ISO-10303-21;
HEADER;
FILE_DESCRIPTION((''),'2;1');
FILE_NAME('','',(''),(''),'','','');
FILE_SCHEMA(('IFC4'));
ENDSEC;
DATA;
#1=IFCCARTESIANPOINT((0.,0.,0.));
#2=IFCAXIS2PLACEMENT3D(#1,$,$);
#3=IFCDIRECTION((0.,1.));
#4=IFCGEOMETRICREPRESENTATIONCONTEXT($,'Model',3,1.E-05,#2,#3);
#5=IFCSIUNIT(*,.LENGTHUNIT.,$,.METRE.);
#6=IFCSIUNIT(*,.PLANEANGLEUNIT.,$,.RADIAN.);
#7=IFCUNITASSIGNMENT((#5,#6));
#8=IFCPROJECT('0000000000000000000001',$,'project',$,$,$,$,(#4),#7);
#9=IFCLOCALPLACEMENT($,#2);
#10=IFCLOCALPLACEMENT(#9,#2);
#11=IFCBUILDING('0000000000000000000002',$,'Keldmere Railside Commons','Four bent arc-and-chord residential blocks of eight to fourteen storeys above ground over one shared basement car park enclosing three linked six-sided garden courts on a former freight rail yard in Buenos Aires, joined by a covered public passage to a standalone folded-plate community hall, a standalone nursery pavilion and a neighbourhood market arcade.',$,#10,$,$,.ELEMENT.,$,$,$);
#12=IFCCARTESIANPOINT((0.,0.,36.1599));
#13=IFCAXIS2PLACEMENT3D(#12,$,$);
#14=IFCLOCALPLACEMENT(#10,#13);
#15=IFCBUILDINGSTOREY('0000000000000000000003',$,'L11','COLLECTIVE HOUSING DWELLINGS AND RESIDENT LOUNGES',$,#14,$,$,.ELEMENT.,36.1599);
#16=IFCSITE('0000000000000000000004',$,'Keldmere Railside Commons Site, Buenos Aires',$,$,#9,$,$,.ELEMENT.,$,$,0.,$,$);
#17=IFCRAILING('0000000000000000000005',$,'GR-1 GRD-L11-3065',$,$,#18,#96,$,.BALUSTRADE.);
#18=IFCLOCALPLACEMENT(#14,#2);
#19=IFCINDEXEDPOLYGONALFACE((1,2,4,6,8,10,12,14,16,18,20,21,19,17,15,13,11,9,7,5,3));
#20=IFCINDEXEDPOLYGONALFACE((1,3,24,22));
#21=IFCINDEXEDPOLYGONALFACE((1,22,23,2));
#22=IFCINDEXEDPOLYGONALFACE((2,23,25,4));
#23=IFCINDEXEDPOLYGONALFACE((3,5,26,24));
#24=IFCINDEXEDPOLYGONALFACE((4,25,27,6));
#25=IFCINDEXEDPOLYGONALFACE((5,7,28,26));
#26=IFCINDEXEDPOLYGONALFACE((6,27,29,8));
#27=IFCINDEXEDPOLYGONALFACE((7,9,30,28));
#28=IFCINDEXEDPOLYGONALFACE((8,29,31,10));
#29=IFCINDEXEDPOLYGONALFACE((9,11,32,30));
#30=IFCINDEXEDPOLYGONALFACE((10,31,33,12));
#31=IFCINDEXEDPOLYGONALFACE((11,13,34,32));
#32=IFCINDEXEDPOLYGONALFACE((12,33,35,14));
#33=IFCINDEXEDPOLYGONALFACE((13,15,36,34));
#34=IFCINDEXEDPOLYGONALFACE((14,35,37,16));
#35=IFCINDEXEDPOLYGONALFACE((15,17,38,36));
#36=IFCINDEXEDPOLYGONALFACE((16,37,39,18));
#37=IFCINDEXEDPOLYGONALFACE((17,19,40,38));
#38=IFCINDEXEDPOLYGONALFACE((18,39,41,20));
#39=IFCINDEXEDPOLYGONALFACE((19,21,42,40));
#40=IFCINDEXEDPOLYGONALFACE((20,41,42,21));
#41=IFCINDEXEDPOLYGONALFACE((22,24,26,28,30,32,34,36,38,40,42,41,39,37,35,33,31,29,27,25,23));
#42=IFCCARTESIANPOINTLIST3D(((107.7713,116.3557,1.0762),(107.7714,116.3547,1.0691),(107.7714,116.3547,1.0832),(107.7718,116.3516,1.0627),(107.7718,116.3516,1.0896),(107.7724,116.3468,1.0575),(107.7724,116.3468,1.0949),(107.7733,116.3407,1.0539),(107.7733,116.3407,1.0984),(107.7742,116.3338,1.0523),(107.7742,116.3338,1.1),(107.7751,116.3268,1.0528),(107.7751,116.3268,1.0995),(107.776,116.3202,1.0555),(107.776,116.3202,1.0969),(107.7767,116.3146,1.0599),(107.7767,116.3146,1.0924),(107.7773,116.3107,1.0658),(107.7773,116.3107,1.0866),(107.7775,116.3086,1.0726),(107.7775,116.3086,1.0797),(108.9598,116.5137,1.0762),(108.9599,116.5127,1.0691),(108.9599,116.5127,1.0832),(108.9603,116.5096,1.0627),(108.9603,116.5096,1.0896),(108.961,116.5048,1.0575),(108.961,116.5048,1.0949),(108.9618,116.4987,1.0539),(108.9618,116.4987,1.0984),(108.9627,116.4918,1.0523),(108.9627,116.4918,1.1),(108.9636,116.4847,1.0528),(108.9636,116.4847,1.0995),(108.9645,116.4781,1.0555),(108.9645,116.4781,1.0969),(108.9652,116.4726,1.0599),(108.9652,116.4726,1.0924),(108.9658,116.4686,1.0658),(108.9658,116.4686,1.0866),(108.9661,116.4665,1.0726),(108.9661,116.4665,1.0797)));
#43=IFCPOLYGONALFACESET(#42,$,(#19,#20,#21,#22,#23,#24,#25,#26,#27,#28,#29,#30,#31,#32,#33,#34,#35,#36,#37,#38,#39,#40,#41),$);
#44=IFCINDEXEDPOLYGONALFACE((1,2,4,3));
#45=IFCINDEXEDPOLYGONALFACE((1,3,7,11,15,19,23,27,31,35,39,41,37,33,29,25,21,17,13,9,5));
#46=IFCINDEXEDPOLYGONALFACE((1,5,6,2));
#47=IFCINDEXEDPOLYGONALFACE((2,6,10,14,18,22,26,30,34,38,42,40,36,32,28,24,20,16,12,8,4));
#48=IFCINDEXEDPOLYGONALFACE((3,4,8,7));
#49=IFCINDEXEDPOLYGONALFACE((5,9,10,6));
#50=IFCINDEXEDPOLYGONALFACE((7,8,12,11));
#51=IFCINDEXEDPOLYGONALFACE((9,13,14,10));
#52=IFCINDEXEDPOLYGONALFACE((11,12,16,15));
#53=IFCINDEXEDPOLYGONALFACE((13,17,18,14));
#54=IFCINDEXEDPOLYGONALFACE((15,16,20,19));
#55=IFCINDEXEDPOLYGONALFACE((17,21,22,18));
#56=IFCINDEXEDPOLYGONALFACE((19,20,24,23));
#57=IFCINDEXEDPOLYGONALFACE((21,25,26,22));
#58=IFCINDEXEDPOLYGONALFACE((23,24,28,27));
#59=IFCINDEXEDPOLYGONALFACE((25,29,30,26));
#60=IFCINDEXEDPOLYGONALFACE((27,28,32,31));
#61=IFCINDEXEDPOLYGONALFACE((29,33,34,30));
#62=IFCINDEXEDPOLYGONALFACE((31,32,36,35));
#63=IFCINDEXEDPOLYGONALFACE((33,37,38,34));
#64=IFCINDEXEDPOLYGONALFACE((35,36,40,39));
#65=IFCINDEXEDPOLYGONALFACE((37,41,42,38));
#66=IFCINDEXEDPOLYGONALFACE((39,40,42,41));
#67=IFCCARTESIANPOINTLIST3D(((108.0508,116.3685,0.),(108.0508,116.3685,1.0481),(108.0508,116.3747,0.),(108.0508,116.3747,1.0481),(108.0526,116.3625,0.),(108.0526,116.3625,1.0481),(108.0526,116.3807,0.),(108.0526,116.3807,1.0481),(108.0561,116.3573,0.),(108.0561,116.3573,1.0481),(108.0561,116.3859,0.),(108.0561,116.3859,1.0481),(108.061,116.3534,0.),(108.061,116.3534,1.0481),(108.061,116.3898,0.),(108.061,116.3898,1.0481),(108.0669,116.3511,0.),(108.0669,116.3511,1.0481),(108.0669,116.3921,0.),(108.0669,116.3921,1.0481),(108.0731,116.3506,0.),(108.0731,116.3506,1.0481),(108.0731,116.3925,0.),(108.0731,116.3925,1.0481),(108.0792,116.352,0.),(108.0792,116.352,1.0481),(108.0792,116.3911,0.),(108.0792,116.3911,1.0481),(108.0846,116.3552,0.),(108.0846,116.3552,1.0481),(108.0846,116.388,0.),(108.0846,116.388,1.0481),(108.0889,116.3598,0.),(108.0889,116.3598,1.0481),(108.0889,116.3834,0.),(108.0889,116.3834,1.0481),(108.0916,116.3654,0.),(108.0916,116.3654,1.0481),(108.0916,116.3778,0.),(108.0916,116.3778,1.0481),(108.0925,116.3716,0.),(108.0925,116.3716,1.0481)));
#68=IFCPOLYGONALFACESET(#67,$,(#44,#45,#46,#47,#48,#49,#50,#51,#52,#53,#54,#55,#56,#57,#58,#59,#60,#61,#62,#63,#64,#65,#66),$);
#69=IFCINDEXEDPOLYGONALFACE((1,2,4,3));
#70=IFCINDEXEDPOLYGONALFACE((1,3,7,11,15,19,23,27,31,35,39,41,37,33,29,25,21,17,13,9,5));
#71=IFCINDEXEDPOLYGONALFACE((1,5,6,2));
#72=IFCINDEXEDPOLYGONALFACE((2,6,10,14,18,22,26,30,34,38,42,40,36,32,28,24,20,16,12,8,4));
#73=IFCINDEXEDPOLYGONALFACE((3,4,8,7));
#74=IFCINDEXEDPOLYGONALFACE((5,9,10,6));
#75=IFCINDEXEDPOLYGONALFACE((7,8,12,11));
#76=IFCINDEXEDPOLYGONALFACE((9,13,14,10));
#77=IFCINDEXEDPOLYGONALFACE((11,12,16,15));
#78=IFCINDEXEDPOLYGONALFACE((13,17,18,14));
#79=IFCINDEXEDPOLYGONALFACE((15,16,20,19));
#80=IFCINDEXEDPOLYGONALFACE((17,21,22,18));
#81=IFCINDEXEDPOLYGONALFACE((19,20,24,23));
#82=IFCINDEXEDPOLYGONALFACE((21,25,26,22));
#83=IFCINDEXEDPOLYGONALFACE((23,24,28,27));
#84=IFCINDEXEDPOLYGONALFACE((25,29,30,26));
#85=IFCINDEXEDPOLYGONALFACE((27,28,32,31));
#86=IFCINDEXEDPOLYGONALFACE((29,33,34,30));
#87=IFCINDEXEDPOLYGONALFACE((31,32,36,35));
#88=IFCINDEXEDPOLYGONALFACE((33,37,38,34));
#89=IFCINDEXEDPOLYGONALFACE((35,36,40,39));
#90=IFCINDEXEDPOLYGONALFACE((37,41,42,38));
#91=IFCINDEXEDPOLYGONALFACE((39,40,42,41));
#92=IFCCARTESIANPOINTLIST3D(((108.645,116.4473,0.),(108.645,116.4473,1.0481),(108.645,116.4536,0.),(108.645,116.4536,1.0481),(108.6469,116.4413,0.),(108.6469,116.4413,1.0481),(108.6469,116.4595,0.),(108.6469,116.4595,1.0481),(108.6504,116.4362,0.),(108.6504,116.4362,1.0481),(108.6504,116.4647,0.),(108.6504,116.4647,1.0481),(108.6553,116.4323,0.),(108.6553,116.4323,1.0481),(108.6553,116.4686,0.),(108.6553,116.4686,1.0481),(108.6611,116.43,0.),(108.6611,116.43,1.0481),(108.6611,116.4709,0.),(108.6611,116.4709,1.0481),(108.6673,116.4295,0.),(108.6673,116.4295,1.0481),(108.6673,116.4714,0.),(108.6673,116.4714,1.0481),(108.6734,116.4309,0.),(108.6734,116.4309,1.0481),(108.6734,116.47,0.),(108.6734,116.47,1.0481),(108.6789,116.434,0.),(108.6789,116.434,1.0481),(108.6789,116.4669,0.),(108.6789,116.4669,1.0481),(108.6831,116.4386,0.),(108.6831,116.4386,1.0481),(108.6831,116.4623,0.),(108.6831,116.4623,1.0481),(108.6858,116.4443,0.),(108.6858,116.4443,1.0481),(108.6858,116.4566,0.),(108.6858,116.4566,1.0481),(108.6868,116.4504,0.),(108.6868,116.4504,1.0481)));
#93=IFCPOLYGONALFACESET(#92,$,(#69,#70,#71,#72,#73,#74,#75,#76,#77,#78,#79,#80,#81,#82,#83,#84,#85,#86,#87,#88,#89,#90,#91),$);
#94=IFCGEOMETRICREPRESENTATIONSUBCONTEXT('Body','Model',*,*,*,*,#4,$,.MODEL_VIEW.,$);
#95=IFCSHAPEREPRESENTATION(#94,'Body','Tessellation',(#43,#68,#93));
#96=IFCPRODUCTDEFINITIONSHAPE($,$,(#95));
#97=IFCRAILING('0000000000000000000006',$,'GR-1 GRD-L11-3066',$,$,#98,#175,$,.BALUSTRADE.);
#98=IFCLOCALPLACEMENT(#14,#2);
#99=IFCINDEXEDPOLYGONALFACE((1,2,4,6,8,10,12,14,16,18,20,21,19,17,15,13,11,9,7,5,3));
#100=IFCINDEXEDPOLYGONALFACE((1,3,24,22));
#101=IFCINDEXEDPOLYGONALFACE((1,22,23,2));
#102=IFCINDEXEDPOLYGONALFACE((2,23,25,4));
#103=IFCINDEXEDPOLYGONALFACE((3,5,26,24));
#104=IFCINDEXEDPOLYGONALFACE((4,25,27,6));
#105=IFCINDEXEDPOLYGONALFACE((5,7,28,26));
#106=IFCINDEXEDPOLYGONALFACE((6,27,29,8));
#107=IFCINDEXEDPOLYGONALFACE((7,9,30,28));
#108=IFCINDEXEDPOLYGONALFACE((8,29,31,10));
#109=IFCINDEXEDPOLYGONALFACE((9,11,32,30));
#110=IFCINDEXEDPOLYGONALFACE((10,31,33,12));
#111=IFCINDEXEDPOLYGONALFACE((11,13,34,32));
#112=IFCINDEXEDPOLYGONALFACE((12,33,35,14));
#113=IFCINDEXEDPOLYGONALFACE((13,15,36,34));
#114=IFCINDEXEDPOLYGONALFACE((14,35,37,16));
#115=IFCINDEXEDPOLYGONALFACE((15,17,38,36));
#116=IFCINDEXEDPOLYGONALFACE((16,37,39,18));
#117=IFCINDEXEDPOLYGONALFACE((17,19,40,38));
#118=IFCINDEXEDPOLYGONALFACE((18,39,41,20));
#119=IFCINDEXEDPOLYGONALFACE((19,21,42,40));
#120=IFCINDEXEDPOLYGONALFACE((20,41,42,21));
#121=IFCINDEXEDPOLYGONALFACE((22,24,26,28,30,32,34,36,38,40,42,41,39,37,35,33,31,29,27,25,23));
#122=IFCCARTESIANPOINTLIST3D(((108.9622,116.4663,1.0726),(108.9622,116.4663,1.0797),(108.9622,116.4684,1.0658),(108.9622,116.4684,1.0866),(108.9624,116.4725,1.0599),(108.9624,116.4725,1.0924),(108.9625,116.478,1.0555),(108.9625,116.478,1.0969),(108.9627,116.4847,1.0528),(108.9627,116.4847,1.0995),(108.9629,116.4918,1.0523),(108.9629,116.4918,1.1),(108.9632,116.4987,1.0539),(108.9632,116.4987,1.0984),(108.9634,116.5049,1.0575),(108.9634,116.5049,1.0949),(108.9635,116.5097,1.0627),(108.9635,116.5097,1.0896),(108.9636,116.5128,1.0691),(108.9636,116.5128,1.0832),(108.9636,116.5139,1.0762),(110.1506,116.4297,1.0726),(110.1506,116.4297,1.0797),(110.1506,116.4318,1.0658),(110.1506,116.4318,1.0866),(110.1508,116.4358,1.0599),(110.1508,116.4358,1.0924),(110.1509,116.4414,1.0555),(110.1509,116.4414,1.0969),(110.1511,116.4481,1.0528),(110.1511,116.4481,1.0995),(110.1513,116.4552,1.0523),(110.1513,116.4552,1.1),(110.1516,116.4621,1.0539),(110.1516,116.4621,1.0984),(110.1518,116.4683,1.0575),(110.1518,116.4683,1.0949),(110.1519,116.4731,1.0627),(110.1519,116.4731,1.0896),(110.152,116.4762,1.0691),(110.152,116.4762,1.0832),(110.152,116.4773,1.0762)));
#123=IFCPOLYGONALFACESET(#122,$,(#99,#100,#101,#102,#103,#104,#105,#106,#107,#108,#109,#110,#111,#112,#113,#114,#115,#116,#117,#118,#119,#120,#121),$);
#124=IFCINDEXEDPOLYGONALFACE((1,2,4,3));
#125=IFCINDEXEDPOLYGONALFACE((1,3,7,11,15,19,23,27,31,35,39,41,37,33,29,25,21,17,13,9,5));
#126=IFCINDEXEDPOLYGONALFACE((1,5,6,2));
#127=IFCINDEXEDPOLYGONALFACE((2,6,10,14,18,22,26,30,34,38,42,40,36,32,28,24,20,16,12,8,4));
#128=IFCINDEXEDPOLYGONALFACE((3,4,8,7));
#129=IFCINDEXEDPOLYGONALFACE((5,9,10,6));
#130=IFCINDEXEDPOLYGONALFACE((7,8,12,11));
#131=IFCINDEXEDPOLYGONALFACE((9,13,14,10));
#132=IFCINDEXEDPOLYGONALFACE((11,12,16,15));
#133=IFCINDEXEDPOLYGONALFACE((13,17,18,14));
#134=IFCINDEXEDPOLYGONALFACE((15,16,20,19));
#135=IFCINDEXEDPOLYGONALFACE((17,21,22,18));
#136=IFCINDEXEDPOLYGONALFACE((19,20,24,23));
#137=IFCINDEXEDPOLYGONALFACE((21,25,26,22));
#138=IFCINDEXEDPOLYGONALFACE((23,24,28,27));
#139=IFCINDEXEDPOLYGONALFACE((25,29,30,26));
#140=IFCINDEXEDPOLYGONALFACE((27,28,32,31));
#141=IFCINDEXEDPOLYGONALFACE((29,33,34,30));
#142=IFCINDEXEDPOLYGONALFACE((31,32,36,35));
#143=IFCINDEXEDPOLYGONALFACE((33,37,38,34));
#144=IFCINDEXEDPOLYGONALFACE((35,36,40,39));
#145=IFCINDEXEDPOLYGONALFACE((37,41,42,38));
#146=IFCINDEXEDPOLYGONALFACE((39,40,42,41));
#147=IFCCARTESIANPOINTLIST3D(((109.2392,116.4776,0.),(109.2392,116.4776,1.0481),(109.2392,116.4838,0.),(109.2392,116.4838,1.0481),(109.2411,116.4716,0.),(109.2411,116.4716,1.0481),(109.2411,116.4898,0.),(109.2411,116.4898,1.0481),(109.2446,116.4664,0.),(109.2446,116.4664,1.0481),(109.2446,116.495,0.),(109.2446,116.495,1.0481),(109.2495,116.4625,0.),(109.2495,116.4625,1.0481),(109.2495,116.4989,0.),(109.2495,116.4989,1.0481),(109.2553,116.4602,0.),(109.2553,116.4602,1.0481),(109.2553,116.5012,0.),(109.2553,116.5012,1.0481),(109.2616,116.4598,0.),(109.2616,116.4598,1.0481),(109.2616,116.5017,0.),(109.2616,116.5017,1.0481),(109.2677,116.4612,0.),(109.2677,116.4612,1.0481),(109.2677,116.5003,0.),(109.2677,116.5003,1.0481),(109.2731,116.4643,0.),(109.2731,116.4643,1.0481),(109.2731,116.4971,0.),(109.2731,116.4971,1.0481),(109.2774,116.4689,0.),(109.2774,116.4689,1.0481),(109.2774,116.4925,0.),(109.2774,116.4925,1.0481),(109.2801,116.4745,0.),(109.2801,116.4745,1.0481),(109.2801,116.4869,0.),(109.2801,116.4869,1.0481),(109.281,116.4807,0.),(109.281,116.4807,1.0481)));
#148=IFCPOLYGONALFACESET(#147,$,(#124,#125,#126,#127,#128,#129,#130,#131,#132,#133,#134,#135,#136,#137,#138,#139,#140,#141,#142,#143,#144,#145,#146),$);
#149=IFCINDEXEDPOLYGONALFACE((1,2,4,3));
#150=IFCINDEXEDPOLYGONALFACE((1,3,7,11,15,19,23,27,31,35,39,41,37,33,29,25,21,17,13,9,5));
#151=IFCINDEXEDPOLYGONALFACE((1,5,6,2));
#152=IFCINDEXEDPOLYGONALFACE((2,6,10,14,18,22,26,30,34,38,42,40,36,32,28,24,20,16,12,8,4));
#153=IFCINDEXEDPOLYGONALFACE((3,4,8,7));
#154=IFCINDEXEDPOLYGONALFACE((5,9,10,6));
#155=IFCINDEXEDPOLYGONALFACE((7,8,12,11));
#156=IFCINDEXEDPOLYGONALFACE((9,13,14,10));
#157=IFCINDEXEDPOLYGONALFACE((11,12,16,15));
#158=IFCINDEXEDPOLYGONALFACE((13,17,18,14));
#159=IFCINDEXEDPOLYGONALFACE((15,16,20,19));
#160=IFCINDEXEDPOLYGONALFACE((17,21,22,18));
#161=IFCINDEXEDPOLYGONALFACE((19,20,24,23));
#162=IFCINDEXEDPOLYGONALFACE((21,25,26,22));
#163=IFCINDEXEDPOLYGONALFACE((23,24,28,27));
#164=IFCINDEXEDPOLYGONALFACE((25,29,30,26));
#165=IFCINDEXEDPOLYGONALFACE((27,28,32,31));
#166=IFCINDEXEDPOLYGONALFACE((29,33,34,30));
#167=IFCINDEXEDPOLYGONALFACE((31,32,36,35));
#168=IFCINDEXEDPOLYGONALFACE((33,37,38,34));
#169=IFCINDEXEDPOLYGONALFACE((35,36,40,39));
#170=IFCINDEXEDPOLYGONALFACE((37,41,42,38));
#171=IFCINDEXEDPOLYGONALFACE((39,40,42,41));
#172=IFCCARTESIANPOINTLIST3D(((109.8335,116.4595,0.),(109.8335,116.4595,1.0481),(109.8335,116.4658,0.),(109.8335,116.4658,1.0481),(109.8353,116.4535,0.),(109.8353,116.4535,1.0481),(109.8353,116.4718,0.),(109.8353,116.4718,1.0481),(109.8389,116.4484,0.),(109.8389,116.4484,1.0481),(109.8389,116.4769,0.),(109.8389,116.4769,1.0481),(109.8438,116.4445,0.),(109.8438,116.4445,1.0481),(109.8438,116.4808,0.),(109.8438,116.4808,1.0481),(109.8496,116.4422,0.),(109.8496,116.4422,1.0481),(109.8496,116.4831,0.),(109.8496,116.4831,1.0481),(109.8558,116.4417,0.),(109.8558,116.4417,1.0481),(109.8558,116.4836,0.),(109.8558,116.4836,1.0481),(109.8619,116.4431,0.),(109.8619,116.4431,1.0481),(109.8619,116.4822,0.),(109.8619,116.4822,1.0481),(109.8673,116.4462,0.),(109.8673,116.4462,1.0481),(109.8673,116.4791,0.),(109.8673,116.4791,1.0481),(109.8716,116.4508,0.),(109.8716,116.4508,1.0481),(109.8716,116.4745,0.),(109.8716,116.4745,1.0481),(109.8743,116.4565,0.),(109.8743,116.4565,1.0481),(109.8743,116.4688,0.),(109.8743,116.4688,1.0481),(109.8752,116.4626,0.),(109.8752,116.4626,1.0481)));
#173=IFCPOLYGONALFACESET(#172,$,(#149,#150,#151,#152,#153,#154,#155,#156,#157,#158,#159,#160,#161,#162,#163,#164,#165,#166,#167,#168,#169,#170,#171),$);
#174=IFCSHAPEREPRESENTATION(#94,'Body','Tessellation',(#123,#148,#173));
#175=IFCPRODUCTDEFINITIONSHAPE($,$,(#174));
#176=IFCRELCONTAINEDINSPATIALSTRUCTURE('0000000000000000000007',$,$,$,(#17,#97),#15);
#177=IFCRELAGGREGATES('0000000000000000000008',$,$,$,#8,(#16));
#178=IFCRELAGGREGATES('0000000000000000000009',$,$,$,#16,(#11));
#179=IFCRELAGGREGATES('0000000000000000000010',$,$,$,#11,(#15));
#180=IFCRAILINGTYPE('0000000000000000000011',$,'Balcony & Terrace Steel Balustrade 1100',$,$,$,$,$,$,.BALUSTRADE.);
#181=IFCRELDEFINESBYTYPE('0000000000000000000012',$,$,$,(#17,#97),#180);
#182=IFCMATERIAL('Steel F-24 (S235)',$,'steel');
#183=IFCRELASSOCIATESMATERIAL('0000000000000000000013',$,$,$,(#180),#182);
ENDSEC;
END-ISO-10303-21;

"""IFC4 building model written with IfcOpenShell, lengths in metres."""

from ifc_helpers import new_model, si_unit, direction, frame, origin, origin_2d, place, context, subcontext, project, spatial, circle, extrude, material, type_object, element, save


model = new_model("IFC4")

# Units and contexts
model_context = context("Model", 3, precision=1e-05, world=origin(), true_north=direction((0.0, 1.0)))
body_context = subcontext(model_context, "Body", "Model", "MODEL_VIEW")
ifc_project = project(units=[si_unit("LENGTHUNIT", "METRE"), si_unit("PLANEANGLEUNIT", "RADIAN")], contexts=[model_context])

# Site, building, storey
site_placement = place(None, origin())
site = spatial("IfcSite", under=ifc_project, at=site_placement, Name="Keldmere Railside Commons Site, Buenos Aires", CompositionType="ELEMENT", RefElevation=0.0)
building_placement = place(site_placement, origin())
building = spatial("IfcBuilding", under=site, at=building_placement, Name="Keldmere Railside Commons", Description="Four bent arc-and-chord residential blocks of eight to fourteen storeys above ground over one shared basement car park enclosing three linked six-sided garden courts on a former freight rail yard in Buenos Aires, joined by a covered public passage to a standalone folded-plate community hall, a standalone nursery pavilion and a neighbourhood market arcade.", CompositionType="ELEMENT")
storey_placement = place(building_placement, frame((0.0, 0.0, 36.1599)))
storey = spatial("IfcBuildingStorey", under=building, at=storey_placement, Name="L11", Description="COLLECTIVE HOUSING DWELLINGS AND RESIDENT LOUNGES", CompositionType="ELEMENT", Elevation=36.1599)

# Shared definitions
ifc_material_1 = material(Name="Steel F-24 (S235)", Category="steel")

# Railings
railing_type = type_object("IfcRailingType", Name="Balcony & Terrace Steel Balustrade 1100", PredefinedType="BALUSTRADE", material=ifc_material_1)
railing_1_placement = place(storey_placement, frame((107.7744, 116.332, 0.0)))
element("IfcRailing", 1, at=railing_1_placement, inside=storey, type_object=railing_type, Name="GR-1 GRD-L11-3065", PredefinedType="BALUSTRADE", context=body_context, shape_type="SweptSolid", body=[
    extrude(circle(Radius=0.0239, at=origin_2d()), frame((0.0, 0.0, 1.0762), z_axis=(0.991283, 0.13175, 0.0), x_axis=(-0.13175, 0.991283, 0.0)), (0.0, 0.0, 1.0), 1.199),
    extrude(circle(Radius=0.021, at=origin_2d()), frame((0.2971, 0.0396, 0.0)), (0.0, 0.0, 1.0), 1.0481),
    extrude(circle(Radius=0.021, at=origin_2d()), frame((0.8914, 0.1184, 0.0)), (0.0, 0.0, 1.0), 1.0481),
])
railing_2_placement = place(storey_placement, frame((108.9629, 116.49, 0.0)))
element("IfcRailing", 2, at=railing_2_placement, inside=storey, type_object=railing_type, Name="GR-1 GRD-L11-3066", PredefinedType="BALUSTRADE", context=body_context, shape_type="SweptSolid", body=[
    extrude(circle(Radius=0.0239, at=origin_2d()), frame((0.0, 0.0, 1.0762), z_axis=(0.999526, -0.030799, 0.0), x_axis=(0.030799, 0.999526, 0.0)), (0.0, 0.0, 1.0), 1.189),
    extrude(circle(Radius=0.021, at=origin_2d()), frame((0.2971, -0.0093, 0.0)), (0.0, 0.0, 1.0), 1.0481),
    extrude(circle(Radius=0.021, at=origin_2d()), frame((0.8914, -0.0273, 0.0)), (0.0, 0.0, 1.0), 1.0481),
])

save(model, "model.ifc")
